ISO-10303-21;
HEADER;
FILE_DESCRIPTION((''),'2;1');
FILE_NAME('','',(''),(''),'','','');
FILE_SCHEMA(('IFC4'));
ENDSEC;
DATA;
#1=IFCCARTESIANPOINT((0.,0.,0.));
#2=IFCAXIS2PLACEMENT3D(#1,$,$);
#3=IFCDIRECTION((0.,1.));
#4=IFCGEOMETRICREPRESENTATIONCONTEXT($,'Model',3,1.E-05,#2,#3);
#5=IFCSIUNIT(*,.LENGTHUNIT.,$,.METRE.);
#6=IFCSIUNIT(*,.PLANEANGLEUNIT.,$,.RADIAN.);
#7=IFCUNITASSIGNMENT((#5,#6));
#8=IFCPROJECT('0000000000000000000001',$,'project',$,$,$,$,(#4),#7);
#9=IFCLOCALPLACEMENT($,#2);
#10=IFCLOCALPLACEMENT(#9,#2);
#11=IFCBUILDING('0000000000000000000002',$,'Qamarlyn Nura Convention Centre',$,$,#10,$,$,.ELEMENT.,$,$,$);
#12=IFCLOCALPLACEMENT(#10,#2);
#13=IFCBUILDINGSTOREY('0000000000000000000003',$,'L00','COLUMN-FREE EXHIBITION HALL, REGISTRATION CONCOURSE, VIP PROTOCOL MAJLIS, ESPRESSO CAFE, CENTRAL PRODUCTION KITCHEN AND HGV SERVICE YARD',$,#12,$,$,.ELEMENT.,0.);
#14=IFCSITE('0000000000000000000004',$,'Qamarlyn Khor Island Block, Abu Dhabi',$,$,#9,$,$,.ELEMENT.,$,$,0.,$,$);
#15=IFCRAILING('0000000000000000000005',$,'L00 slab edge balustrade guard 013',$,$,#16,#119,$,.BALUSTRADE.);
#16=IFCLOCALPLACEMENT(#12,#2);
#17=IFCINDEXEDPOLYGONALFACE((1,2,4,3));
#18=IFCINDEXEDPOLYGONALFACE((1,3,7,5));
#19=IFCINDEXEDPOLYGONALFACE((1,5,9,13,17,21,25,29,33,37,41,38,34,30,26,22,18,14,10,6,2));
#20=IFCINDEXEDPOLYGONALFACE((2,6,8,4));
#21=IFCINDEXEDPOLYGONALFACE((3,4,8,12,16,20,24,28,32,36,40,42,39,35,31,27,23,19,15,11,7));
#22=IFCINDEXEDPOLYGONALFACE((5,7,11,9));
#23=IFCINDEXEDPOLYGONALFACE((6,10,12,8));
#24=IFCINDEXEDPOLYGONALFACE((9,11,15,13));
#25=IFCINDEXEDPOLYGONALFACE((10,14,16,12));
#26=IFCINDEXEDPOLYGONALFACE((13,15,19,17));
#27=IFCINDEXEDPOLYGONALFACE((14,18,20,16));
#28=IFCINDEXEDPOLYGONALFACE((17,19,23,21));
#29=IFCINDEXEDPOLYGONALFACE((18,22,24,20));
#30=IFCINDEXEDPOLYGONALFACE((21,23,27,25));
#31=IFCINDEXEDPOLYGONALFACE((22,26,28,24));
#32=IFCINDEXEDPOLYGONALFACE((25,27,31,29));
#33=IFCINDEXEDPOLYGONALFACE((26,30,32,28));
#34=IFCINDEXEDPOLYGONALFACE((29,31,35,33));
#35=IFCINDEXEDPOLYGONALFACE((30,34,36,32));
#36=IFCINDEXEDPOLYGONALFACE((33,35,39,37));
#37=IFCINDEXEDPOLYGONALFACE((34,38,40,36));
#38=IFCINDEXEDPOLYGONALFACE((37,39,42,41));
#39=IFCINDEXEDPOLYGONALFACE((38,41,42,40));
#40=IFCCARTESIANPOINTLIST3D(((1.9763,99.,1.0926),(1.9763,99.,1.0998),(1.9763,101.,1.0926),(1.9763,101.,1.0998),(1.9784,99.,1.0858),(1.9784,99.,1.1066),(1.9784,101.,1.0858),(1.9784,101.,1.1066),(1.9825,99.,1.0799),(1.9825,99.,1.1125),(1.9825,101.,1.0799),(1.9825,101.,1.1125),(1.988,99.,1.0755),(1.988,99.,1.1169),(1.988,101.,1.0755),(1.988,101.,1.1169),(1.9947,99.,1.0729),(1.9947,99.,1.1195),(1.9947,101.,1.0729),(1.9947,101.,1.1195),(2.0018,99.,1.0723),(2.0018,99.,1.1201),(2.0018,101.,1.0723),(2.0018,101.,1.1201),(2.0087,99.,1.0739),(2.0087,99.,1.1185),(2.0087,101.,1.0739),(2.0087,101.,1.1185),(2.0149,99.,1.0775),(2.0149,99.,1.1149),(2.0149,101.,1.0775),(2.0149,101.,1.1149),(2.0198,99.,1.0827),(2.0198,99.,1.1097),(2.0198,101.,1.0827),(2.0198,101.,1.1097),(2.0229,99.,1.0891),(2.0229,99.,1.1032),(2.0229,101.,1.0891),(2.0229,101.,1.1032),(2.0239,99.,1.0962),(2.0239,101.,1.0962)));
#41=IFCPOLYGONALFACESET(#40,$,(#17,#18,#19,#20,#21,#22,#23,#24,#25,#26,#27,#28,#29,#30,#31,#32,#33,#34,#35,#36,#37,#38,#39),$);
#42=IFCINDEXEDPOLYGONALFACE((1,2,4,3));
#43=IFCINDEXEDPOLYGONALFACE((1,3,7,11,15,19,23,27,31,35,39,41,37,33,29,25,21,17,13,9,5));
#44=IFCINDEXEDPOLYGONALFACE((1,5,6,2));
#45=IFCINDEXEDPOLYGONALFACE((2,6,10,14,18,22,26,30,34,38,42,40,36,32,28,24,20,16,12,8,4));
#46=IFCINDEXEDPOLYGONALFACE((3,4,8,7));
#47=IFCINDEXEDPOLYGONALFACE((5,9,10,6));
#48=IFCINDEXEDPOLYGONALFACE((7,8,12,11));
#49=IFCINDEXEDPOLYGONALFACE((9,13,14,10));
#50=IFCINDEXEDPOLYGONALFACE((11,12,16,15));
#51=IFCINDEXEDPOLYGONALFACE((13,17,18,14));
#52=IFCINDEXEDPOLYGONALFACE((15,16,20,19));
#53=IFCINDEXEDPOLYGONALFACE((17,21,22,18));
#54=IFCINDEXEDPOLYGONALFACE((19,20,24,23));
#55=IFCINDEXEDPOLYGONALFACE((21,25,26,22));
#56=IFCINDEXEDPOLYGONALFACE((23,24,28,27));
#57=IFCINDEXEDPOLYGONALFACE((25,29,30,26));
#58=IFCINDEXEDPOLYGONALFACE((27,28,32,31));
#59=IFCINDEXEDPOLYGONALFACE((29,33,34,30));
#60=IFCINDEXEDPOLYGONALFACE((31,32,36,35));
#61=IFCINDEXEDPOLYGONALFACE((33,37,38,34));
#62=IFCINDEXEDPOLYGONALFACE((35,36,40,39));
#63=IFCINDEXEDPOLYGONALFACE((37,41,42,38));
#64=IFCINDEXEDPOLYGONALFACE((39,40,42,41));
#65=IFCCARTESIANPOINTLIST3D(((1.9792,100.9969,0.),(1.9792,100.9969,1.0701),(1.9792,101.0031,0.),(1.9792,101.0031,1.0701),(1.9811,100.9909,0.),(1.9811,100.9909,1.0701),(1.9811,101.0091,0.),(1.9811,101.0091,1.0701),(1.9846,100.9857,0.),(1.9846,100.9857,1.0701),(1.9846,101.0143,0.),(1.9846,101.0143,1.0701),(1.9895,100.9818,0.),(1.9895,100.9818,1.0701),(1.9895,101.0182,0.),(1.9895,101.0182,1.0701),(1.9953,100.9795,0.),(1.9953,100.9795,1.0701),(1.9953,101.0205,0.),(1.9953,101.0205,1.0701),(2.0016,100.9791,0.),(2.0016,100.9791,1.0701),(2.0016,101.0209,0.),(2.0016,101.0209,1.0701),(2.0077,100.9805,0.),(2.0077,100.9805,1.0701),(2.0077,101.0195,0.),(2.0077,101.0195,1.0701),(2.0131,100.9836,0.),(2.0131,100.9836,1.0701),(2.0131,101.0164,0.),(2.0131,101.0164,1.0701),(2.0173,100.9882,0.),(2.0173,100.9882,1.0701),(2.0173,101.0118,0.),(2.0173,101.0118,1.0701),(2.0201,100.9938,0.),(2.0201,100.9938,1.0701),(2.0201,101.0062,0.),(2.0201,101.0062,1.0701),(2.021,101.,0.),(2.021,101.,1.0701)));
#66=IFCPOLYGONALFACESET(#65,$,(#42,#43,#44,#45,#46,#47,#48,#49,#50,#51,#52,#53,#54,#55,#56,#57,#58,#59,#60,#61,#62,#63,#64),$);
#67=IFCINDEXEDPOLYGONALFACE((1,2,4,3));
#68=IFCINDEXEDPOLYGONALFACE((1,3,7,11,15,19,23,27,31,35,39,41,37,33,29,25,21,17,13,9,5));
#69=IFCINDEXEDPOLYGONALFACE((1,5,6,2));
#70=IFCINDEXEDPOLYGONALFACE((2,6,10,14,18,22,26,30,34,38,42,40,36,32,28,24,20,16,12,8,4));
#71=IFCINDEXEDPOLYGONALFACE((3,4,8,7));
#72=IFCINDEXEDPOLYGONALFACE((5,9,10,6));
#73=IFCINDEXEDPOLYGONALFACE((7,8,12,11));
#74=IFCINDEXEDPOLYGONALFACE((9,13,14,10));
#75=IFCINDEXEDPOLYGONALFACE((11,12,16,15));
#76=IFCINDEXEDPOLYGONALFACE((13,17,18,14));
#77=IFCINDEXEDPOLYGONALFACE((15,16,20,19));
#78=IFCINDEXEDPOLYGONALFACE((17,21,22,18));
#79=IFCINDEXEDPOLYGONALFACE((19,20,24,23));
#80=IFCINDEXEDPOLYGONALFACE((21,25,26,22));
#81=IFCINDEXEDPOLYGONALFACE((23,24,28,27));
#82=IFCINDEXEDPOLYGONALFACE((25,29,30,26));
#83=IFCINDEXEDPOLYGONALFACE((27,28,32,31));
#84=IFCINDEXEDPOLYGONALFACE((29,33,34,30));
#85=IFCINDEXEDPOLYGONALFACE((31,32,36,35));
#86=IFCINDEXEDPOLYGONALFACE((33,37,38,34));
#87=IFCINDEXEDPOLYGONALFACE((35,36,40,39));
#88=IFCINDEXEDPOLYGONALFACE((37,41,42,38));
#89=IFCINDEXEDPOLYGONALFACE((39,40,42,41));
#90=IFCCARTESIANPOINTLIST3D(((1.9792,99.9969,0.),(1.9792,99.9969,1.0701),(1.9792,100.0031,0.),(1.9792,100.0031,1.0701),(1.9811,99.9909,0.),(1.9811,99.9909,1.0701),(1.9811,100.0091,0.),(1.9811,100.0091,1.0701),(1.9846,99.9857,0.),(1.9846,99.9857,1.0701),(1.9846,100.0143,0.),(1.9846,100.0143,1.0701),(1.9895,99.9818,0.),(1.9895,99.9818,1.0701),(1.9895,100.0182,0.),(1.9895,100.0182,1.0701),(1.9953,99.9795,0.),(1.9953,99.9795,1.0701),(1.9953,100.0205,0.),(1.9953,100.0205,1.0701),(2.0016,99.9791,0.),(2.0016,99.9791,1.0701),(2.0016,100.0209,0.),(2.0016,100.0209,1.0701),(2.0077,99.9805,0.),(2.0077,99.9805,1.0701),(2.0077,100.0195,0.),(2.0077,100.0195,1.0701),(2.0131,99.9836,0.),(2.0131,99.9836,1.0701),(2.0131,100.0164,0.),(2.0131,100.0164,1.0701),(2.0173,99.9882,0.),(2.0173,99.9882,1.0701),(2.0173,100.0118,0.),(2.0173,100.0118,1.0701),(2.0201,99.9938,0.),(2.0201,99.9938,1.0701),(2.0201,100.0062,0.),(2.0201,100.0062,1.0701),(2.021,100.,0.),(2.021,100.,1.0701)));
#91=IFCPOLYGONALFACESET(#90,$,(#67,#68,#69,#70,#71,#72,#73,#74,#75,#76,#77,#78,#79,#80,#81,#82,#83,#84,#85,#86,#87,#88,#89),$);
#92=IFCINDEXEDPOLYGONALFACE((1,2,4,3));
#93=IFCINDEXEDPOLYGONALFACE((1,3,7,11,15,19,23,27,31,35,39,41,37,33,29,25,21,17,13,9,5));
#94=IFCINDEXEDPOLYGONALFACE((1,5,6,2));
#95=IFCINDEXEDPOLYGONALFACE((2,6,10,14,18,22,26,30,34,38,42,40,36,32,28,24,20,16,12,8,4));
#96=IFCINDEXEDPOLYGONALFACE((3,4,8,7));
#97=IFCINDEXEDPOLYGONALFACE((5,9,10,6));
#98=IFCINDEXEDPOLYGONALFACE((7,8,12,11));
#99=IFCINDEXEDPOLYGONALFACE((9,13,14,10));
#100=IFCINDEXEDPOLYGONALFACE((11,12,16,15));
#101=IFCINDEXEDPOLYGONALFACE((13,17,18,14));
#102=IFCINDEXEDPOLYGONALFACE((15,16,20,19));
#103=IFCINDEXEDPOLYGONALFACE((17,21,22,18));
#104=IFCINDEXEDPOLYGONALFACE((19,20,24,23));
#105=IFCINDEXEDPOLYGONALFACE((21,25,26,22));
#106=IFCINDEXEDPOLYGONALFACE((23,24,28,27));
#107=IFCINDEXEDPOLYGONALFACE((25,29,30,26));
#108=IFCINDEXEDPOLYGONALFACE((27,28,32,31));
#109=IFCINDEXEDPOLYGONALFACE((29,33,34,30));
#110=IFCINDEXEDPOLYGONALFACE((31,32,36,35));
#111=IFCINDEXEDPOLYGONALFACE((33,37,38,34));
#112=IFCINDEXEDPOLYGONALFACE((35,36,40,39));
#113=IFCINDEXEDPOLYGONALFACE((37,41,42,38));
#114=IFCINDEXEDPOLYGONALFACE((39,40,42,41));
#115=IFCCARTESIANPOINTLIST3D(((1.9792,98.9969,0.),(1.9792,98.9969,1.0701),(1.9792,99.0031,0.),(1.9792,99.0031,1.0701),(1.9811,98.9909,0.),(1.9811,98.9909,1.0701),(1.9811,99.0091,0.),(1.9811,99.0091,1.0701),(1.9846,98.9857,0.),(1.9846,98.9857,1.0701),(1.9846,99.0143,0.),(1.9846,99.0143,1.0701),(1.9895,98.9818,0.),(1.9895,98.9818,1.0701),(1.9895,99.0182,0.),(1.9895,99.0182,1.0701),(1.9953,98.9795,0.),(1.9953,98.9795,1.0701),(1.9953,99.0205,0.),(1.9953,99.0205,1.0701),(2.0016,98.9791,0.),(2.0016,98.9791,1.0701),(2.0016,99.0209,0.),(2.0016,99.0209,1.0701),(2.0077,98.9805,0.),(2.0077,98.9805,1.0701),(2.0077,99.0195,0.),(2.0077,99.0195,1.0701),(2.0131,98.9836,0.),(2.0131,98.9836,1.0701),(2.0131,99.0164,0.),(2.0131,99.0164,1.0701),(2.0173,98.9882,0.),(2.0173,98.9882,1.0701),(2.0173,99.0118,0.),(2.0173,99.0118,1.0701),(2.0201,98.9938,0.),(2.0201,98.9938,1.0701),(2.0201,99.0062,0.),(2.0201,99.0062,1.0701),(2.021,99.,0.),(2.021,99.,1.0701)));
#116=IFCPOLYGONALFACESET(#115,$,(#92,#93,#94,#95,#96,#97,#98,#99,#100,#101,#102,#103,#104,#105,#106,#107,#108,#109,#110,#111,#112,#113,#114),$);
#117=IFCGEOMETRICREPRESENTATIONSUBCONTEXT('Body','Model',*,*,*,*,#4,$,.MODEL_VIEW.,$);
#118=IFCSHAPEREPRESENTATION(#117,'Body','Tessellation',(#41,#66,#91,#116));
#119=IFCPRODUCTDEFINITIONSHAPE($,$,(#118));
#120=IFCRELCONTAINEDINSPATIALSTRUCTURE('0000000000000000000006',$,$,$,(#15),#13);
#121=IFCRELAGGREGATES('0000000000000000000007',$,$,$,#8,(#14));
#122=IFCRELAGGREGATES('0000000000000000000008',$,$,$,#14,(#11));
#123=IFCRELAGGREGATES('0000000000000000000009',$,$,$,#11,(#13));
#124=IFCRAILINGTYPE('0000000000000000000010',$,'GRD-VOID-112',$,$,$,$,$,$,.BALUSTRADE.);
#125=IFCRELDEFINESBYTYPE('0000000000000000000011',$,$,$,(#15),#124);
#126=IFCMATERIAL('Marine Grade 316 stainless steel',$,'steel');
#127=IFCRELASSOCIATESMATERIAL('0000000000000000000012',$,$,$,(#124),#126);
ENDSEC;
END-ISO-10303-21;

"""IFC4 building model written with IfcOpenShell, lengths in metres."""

from ifc_helpers import new_model, si_unit, direction, frame, origin, origin_2d, place, context, subcontext, project, spatial, circle, extrude, material, type_object, element, save


model = new_model("IFC4")

# Units and contexts
model_context = context("Model", 3, precision=1e-05, world=origin(), true_north=direction((0.0, 1.0)))
body_context = subcontext(model_context, "Body", "Model", "MODEL_VIEW")
ifc_project = project(units=[si_unit("LENGTHUNIT", "METRE"), si_unit("PLANEANGLEUNIT", "RADIAN")], contexts=[model_context])

# Site, building, storey
site_placement = place(None, origin())
site = spatial("IfcSite", under=ifc_project, at=site_placement, Name="Qamarlyn Khor Island Block, Abu Dhabi", CompositionType="ELEMENT", RefElevation=0.0)
building_placement = place(site_placement, origin())
building = spatial("IfcBuilding", under=site, at=building_placement, Name="Qamarlyn Nura Convention Centre", CompositionType="ELEMENT")
storey_placement = place(building_placement, origin())
storey = spatial("IfcBuildingStorey", under=building, at=storey_placement, Name="L00", Description="COLUMN-FREE EXHIBITION HALL, REGISTRATION CONCOURSE, VIP PROTOCOL MAJLIS, ESPRESSO CAFE, CENTRAL PRODUCTION KITCHEN AND HGV SERVICE YARD", CompositionType="ELEMENT", Elevation=0.0)

# Railing
ifc_material_1 = material(Name="Marine Grade 316 stainless steel", Category="steel")
railing_type = type_object("IfcRailingType", Name="GRD-VOID-112", PredefinedType="BALUSTRADE", material=ifc_material_1)
railing_1_placement = place(storey_placement, frame((2.0, 101.0, 0.0)))
element("IfcRailing", 1, at=railing_1_placement, inside=storey, type_object=railing_type, Name="L00 slab edge balustrade guard 013", PredefinedType="BALUSTRADE", context=body_context, shape_type="SweptSolid", body=[
    extrude(circle(Radius=0.0239, at=origin_2d()), frame((0.0, 0.0, 1.0962), z_axis=(0.0, -1.0, 0.0), x_axis=(1.0, 0.0, 0.0)), (0.0, 0.0, 1.0), 2.0),
    extrude(circle(Radius=0.021, at=origin_2d()), origin(), (0.0, 0.0, 1.0), 1.0701),
    extrude(circle(Radius=0.021, at=origin_2d()), frame((0.0, -1.0, 0.0)), (0.0, 0.0, 1.0), 1.0701),
    extrude(circle(Radius=0.021, at=origin_2d()), frame((0.0, -2.0, 0.0)), (0.0, 0.0, 1.0), 1.0701),
])

save(model, "model.ifc")
